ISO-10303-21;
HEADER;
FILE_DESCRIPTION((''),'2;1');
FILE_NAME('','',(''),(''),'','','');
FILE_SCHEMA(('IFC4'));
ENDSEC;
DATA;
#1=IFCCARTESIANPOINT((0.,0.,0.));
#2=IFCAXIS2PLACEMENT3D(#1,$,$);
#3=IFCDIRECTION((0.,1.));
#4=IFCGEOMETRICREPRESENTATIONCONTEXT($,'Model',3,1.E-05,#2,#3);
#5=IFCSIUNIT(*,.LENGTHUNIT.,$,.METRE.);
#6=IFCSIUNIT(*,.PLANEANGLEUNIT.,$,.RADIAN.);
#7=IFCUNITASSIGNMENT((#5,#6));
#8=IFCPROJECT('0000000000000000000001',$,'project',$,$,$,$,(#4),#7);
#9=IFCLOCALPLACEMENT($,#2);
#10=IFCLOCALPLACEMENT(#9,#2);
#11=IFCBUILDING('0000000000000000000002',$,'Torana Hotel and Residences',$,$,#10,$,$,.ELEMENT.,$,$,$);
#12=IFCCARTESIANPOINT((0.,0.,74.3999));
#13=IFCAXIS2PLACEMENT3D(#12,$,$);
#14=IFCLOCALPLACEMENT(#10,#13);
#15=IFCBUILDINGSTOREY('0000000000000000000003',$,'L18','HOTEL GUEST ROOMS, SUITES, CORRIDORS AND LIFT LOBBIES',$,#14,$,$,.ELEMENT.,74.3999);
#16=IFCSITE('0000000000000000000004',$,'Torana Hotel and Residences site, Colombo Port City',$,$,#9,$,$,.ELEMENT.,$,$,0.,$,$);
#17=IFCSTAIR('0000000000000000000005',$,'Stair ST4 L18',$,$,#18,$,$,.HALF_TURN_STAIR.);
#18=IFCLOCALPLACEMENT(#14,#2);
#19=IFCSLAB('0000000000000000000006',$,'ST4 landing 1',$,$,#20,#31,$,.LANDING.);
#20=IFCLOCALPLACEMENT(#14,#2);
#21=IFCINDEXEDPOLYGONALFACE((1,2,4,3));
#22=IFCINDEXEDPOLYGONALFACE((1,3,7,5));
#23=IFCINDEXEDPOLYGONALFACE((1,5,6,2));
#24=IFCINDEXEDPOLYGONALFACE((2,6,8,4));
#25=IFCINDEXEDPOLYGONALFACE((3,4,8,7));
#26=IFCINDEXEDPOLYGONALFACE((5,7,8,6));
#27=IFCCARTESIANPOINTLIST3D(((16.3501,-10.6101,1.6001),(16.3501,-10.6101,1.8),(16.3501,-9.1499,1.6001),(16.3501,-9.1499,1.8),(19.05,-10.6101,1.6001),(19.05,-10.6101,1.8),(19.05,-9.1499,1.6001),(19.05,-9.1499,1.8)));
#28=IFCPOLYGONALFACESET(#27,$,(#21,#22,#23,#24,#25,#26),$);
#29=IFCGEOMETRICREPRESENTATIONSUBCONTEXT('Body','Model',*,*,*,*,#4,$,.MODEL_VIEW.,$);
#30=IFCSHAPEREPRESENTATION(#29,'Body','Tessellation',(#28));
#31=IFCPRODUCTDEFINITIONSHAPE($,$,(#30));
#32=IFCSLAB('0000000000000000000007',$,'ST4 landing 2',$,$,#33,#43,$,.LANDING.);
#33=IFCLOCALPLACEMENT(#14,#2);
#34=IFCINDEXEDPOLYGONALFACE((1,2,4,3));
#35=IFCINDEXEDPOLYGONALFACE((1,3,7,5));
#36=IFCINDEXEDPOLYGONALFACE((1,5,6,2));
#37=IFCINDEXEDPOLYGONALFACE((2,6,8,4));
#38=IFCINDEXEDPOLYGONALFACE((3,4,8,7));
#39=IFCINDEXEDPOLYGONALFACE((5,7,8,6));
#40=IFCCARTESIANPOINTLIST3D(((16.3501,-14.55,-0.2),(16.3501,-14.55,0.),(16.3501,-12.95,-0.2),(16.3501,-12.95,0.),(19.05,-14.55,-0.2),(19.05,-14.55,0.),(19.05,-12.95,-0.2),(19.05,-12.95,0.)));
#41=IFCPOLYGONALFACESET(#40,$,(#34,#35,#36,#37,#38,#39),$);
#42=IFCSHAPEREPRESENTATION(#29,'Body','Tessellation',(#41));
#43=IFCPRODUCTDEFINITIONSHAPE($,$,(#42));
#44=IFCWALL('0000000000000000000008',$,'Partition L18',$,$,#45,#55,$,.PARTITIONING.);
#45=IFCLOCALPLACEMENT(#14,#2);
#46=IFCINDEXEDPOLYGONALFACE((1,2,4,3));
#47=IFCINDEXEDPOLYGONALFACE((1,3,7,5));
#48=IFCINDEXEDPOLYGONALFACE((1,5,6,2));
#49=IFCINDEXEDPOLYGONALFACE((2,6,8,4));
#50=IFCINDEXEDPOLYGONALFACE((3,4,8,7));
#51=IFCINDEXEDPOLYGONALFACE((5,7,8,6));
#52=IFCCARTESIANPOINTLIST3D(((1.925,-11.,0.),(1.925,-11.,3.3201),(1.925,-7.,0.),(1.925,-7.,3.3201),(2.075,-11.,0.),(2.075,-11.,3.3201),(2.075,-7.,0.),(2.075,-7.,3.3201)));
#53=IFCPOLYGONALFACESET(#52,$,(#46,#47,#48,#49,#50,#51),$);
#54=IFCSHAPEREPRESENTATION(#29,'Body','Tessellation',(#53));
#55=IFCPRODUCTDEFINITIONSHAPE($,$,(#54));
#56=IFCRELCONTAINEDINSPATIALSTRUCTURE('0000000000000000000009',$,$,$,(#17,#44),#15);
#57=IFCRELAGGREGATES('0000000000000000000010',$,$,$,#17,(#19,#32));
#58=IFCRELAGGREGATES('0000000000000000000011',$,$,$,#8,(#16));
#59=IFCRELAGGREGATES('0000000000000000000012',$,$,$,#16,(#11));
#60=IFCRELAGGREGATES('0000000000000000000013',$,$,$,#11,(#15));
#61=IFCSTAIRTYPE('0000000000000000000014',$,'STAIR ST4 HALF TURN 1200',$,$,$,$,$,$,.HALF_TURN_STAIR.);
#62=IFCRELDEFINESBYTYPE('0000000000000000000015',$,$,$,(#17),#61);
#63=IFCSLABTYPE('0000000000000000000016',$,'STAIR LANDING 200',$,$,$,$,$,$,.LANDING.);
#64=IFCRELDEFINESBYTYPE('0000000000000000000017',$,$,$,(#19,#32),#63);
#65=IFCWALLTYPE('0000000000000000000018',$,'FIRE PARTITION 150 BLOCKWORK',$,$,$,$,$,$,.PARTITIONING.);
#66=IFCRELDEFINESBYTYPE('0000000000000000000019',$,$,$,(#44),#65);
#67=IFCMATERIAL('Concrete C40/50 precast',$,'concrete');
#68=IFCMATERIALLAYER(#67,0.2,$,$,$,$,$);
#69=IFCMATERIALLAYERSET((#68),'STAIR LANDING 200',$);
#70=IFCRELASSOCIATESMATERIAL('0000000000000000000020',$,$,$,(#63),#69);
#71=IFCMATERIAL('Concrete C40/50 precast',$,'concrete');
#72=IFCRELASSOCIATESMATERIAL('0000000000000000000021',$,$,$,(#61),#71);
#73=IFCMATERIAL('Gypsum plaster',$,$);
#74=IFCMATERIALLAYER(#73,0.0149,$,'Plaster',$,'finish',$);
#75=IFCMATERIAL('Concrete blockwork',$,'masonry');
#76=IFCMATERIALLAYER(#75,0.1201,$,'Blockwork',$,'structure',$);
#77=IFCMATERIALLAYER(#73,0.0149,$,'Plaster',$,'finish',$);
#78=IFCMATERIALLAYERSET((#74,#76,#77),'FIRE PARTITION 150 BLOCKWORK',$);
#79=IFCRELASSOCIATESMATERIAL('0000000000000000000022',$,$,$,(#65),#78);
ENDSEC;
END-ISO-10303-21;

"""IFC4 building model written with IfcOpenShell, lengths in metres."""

from ifc_helpers import new_model, si_unit, direction, frame, frame_2d, origin, place, context, subcontext, project, spatial, polyline, rectangle, outline, extrude, material, layer, layer_set, type_object, element, aggregate, save


model = new_model("IFC4")

# Units and contexts
model_context = context("Model", 3, precision=1e-05, world=origin(), true_north=direction((0.0, 1.0)))
body_context = subcontext(model_context, "Body", "Model", "MODEL_VIEW")
ifc_project = project(units=[si_unit("LENGTHUNIT", "METRE"), si_unit("PLANEANGLEUNIT", "RADIAN")], contexts=[model_context])

# Site, building, storey
site_placement = place(None, origin())
site = spatial("IfcSite", under=ifc_project, at=site_placement, Name="Torana Hotel and Residences site, Colombo Port City", CompositionType="ELEMENT", RefElevation=0.0)
building_placement = place(site_placement, origin())
building = spatial("IfcBuilding", under=site, at=building_placement, Name="Torana Hotel and Residences", CompositionType="ELEMENT")
storey_placement = place(building_placement, frame((0.0, 0.0, 74.3999)))
storey = spatial("IfcBuildingStorey", under=building, at=storey_placement, Name="L18", Description="HOTEL GUEST ROOMS, SUITES, CORRIDORS AND LIFT LOBBIES", CompositionType="ELEMENT", Elevation=74.3999)

# Stair, slabs
ifc_material_1 = material(Name="Concrete C40/50 precast", Category="concrete")
ifc_layer_1 = layer(ifc_material_1, 0.2)
ifc_layer_set_1 = layer_set([ifc_layer_1], Name="STAIR LANDING 200")
slab_type_1 = type_object("IfcSlabType", Name="STAIR LANDING 200", PredefinedType="LANDING", material=ifc_layer_set_1)
ifc_material_2 = material(Name="Concrete C40/50 precast", Category="concrete")
stair_type_1 = type_object("IfcStairType", Name="STAIR ST4 HALF TURN 1200", PredefinedType="HALF_TURN_STAIR", material=ifc_material_2)
stair_1_placement = place(storey_placement, origin())
stair_1 = element("IfcStair", 1, at=stair_1_placement, inside=storey, type_object=stair_type_1, Name="Stair ST4 L18", PredefinedType="HALF_TURN_STAIR")
slab_1_placement = place(storey_placement, frame((0.0, 0.0, 1.6001)))
slab_1 = element("IfcSlab", 2, at=slab_1_placement, type_object=slab_type_1, Name="ST4 landing 1", PredefinedType="LANDING", context=body_context, shape_type="SweptSolid", body=[
    extrude(outline(polyline([(16.3501, -10.6101), (19.05, -10.6101), (19.05, -9.1499), (16.3501, -9.1499), (16.3501, -10.6101)])), origin(), (0.0, 0.0, 1.0), 0.2),
])
slab_2_placement = place(storey_placement, frame((0.0, 0.0, -0.2)))
slab_2 = element("IfcSlab", 3, at=slab_2_placement, type_object=slab_type_1, Name="ST4 landing 2", PredefinedType="LANDING", context=body_context, shape_type="SweptSolid", body=[
    extrude(outline(polyline([(16.3501, -14.55), (19.05, -14.55), (19.05, -12.95), (16.3501, -12.95), (16.3501, -14.55)])), origin(), (0.0, 0.0, 1.0), 0.2),
])
aggregate(stair_1, [slab_1, slab_2])

# Wall
ifc_material_3 = material(Name="Gypsum plaster")
ifc_layer_2 = layer(ifc_material_3, 0.0149, Name="Plaster", Category="finish")
ifc_material_4 = material(Name="Concrete blockwork", Category="masonry")
ifc_layer_3 = layer(ifc_material_4, 0.1201, Name="Blockwork", Category="structure")
ifc_layer_4 = layer(ifc_material_3, 0.0149, Name="Plaster", Category="finish")
ifc_layer_set_2 = layer_set([ifc_layer_2, ifc_layer_3, ifc_layer_4], Name="FIRE PARTITION 150 BLOCKWORK")
wall_type = type_object("IfcWallType", Name="FIRE PARTITION 150 BLOCKWORK", PredefinedType="PARTITIONING", material=ifc_layer_set_2)
wall_placement = place(storey_placement, frame((2.0, -11.0, 0.0), z_axis=(0.0, 0.0, 1.0), x_axis=(0.0, 1.0, 0.0)))
element("IfcWall", 4, at=wall_placement, inside=storey, type_object=wall_type, Name="Partition L18", PredefinedType="PARTITIONING", context=body_context, shape_type="SweptSolid", body=[
    extrude(rectangle(XDim=4.0, YDim=0.1499, at=frame_2d((2.0, 0.0))), origin(), (0.0, 0.0, 1.0), 3.3201),
])

save(model, "model.ifc")
